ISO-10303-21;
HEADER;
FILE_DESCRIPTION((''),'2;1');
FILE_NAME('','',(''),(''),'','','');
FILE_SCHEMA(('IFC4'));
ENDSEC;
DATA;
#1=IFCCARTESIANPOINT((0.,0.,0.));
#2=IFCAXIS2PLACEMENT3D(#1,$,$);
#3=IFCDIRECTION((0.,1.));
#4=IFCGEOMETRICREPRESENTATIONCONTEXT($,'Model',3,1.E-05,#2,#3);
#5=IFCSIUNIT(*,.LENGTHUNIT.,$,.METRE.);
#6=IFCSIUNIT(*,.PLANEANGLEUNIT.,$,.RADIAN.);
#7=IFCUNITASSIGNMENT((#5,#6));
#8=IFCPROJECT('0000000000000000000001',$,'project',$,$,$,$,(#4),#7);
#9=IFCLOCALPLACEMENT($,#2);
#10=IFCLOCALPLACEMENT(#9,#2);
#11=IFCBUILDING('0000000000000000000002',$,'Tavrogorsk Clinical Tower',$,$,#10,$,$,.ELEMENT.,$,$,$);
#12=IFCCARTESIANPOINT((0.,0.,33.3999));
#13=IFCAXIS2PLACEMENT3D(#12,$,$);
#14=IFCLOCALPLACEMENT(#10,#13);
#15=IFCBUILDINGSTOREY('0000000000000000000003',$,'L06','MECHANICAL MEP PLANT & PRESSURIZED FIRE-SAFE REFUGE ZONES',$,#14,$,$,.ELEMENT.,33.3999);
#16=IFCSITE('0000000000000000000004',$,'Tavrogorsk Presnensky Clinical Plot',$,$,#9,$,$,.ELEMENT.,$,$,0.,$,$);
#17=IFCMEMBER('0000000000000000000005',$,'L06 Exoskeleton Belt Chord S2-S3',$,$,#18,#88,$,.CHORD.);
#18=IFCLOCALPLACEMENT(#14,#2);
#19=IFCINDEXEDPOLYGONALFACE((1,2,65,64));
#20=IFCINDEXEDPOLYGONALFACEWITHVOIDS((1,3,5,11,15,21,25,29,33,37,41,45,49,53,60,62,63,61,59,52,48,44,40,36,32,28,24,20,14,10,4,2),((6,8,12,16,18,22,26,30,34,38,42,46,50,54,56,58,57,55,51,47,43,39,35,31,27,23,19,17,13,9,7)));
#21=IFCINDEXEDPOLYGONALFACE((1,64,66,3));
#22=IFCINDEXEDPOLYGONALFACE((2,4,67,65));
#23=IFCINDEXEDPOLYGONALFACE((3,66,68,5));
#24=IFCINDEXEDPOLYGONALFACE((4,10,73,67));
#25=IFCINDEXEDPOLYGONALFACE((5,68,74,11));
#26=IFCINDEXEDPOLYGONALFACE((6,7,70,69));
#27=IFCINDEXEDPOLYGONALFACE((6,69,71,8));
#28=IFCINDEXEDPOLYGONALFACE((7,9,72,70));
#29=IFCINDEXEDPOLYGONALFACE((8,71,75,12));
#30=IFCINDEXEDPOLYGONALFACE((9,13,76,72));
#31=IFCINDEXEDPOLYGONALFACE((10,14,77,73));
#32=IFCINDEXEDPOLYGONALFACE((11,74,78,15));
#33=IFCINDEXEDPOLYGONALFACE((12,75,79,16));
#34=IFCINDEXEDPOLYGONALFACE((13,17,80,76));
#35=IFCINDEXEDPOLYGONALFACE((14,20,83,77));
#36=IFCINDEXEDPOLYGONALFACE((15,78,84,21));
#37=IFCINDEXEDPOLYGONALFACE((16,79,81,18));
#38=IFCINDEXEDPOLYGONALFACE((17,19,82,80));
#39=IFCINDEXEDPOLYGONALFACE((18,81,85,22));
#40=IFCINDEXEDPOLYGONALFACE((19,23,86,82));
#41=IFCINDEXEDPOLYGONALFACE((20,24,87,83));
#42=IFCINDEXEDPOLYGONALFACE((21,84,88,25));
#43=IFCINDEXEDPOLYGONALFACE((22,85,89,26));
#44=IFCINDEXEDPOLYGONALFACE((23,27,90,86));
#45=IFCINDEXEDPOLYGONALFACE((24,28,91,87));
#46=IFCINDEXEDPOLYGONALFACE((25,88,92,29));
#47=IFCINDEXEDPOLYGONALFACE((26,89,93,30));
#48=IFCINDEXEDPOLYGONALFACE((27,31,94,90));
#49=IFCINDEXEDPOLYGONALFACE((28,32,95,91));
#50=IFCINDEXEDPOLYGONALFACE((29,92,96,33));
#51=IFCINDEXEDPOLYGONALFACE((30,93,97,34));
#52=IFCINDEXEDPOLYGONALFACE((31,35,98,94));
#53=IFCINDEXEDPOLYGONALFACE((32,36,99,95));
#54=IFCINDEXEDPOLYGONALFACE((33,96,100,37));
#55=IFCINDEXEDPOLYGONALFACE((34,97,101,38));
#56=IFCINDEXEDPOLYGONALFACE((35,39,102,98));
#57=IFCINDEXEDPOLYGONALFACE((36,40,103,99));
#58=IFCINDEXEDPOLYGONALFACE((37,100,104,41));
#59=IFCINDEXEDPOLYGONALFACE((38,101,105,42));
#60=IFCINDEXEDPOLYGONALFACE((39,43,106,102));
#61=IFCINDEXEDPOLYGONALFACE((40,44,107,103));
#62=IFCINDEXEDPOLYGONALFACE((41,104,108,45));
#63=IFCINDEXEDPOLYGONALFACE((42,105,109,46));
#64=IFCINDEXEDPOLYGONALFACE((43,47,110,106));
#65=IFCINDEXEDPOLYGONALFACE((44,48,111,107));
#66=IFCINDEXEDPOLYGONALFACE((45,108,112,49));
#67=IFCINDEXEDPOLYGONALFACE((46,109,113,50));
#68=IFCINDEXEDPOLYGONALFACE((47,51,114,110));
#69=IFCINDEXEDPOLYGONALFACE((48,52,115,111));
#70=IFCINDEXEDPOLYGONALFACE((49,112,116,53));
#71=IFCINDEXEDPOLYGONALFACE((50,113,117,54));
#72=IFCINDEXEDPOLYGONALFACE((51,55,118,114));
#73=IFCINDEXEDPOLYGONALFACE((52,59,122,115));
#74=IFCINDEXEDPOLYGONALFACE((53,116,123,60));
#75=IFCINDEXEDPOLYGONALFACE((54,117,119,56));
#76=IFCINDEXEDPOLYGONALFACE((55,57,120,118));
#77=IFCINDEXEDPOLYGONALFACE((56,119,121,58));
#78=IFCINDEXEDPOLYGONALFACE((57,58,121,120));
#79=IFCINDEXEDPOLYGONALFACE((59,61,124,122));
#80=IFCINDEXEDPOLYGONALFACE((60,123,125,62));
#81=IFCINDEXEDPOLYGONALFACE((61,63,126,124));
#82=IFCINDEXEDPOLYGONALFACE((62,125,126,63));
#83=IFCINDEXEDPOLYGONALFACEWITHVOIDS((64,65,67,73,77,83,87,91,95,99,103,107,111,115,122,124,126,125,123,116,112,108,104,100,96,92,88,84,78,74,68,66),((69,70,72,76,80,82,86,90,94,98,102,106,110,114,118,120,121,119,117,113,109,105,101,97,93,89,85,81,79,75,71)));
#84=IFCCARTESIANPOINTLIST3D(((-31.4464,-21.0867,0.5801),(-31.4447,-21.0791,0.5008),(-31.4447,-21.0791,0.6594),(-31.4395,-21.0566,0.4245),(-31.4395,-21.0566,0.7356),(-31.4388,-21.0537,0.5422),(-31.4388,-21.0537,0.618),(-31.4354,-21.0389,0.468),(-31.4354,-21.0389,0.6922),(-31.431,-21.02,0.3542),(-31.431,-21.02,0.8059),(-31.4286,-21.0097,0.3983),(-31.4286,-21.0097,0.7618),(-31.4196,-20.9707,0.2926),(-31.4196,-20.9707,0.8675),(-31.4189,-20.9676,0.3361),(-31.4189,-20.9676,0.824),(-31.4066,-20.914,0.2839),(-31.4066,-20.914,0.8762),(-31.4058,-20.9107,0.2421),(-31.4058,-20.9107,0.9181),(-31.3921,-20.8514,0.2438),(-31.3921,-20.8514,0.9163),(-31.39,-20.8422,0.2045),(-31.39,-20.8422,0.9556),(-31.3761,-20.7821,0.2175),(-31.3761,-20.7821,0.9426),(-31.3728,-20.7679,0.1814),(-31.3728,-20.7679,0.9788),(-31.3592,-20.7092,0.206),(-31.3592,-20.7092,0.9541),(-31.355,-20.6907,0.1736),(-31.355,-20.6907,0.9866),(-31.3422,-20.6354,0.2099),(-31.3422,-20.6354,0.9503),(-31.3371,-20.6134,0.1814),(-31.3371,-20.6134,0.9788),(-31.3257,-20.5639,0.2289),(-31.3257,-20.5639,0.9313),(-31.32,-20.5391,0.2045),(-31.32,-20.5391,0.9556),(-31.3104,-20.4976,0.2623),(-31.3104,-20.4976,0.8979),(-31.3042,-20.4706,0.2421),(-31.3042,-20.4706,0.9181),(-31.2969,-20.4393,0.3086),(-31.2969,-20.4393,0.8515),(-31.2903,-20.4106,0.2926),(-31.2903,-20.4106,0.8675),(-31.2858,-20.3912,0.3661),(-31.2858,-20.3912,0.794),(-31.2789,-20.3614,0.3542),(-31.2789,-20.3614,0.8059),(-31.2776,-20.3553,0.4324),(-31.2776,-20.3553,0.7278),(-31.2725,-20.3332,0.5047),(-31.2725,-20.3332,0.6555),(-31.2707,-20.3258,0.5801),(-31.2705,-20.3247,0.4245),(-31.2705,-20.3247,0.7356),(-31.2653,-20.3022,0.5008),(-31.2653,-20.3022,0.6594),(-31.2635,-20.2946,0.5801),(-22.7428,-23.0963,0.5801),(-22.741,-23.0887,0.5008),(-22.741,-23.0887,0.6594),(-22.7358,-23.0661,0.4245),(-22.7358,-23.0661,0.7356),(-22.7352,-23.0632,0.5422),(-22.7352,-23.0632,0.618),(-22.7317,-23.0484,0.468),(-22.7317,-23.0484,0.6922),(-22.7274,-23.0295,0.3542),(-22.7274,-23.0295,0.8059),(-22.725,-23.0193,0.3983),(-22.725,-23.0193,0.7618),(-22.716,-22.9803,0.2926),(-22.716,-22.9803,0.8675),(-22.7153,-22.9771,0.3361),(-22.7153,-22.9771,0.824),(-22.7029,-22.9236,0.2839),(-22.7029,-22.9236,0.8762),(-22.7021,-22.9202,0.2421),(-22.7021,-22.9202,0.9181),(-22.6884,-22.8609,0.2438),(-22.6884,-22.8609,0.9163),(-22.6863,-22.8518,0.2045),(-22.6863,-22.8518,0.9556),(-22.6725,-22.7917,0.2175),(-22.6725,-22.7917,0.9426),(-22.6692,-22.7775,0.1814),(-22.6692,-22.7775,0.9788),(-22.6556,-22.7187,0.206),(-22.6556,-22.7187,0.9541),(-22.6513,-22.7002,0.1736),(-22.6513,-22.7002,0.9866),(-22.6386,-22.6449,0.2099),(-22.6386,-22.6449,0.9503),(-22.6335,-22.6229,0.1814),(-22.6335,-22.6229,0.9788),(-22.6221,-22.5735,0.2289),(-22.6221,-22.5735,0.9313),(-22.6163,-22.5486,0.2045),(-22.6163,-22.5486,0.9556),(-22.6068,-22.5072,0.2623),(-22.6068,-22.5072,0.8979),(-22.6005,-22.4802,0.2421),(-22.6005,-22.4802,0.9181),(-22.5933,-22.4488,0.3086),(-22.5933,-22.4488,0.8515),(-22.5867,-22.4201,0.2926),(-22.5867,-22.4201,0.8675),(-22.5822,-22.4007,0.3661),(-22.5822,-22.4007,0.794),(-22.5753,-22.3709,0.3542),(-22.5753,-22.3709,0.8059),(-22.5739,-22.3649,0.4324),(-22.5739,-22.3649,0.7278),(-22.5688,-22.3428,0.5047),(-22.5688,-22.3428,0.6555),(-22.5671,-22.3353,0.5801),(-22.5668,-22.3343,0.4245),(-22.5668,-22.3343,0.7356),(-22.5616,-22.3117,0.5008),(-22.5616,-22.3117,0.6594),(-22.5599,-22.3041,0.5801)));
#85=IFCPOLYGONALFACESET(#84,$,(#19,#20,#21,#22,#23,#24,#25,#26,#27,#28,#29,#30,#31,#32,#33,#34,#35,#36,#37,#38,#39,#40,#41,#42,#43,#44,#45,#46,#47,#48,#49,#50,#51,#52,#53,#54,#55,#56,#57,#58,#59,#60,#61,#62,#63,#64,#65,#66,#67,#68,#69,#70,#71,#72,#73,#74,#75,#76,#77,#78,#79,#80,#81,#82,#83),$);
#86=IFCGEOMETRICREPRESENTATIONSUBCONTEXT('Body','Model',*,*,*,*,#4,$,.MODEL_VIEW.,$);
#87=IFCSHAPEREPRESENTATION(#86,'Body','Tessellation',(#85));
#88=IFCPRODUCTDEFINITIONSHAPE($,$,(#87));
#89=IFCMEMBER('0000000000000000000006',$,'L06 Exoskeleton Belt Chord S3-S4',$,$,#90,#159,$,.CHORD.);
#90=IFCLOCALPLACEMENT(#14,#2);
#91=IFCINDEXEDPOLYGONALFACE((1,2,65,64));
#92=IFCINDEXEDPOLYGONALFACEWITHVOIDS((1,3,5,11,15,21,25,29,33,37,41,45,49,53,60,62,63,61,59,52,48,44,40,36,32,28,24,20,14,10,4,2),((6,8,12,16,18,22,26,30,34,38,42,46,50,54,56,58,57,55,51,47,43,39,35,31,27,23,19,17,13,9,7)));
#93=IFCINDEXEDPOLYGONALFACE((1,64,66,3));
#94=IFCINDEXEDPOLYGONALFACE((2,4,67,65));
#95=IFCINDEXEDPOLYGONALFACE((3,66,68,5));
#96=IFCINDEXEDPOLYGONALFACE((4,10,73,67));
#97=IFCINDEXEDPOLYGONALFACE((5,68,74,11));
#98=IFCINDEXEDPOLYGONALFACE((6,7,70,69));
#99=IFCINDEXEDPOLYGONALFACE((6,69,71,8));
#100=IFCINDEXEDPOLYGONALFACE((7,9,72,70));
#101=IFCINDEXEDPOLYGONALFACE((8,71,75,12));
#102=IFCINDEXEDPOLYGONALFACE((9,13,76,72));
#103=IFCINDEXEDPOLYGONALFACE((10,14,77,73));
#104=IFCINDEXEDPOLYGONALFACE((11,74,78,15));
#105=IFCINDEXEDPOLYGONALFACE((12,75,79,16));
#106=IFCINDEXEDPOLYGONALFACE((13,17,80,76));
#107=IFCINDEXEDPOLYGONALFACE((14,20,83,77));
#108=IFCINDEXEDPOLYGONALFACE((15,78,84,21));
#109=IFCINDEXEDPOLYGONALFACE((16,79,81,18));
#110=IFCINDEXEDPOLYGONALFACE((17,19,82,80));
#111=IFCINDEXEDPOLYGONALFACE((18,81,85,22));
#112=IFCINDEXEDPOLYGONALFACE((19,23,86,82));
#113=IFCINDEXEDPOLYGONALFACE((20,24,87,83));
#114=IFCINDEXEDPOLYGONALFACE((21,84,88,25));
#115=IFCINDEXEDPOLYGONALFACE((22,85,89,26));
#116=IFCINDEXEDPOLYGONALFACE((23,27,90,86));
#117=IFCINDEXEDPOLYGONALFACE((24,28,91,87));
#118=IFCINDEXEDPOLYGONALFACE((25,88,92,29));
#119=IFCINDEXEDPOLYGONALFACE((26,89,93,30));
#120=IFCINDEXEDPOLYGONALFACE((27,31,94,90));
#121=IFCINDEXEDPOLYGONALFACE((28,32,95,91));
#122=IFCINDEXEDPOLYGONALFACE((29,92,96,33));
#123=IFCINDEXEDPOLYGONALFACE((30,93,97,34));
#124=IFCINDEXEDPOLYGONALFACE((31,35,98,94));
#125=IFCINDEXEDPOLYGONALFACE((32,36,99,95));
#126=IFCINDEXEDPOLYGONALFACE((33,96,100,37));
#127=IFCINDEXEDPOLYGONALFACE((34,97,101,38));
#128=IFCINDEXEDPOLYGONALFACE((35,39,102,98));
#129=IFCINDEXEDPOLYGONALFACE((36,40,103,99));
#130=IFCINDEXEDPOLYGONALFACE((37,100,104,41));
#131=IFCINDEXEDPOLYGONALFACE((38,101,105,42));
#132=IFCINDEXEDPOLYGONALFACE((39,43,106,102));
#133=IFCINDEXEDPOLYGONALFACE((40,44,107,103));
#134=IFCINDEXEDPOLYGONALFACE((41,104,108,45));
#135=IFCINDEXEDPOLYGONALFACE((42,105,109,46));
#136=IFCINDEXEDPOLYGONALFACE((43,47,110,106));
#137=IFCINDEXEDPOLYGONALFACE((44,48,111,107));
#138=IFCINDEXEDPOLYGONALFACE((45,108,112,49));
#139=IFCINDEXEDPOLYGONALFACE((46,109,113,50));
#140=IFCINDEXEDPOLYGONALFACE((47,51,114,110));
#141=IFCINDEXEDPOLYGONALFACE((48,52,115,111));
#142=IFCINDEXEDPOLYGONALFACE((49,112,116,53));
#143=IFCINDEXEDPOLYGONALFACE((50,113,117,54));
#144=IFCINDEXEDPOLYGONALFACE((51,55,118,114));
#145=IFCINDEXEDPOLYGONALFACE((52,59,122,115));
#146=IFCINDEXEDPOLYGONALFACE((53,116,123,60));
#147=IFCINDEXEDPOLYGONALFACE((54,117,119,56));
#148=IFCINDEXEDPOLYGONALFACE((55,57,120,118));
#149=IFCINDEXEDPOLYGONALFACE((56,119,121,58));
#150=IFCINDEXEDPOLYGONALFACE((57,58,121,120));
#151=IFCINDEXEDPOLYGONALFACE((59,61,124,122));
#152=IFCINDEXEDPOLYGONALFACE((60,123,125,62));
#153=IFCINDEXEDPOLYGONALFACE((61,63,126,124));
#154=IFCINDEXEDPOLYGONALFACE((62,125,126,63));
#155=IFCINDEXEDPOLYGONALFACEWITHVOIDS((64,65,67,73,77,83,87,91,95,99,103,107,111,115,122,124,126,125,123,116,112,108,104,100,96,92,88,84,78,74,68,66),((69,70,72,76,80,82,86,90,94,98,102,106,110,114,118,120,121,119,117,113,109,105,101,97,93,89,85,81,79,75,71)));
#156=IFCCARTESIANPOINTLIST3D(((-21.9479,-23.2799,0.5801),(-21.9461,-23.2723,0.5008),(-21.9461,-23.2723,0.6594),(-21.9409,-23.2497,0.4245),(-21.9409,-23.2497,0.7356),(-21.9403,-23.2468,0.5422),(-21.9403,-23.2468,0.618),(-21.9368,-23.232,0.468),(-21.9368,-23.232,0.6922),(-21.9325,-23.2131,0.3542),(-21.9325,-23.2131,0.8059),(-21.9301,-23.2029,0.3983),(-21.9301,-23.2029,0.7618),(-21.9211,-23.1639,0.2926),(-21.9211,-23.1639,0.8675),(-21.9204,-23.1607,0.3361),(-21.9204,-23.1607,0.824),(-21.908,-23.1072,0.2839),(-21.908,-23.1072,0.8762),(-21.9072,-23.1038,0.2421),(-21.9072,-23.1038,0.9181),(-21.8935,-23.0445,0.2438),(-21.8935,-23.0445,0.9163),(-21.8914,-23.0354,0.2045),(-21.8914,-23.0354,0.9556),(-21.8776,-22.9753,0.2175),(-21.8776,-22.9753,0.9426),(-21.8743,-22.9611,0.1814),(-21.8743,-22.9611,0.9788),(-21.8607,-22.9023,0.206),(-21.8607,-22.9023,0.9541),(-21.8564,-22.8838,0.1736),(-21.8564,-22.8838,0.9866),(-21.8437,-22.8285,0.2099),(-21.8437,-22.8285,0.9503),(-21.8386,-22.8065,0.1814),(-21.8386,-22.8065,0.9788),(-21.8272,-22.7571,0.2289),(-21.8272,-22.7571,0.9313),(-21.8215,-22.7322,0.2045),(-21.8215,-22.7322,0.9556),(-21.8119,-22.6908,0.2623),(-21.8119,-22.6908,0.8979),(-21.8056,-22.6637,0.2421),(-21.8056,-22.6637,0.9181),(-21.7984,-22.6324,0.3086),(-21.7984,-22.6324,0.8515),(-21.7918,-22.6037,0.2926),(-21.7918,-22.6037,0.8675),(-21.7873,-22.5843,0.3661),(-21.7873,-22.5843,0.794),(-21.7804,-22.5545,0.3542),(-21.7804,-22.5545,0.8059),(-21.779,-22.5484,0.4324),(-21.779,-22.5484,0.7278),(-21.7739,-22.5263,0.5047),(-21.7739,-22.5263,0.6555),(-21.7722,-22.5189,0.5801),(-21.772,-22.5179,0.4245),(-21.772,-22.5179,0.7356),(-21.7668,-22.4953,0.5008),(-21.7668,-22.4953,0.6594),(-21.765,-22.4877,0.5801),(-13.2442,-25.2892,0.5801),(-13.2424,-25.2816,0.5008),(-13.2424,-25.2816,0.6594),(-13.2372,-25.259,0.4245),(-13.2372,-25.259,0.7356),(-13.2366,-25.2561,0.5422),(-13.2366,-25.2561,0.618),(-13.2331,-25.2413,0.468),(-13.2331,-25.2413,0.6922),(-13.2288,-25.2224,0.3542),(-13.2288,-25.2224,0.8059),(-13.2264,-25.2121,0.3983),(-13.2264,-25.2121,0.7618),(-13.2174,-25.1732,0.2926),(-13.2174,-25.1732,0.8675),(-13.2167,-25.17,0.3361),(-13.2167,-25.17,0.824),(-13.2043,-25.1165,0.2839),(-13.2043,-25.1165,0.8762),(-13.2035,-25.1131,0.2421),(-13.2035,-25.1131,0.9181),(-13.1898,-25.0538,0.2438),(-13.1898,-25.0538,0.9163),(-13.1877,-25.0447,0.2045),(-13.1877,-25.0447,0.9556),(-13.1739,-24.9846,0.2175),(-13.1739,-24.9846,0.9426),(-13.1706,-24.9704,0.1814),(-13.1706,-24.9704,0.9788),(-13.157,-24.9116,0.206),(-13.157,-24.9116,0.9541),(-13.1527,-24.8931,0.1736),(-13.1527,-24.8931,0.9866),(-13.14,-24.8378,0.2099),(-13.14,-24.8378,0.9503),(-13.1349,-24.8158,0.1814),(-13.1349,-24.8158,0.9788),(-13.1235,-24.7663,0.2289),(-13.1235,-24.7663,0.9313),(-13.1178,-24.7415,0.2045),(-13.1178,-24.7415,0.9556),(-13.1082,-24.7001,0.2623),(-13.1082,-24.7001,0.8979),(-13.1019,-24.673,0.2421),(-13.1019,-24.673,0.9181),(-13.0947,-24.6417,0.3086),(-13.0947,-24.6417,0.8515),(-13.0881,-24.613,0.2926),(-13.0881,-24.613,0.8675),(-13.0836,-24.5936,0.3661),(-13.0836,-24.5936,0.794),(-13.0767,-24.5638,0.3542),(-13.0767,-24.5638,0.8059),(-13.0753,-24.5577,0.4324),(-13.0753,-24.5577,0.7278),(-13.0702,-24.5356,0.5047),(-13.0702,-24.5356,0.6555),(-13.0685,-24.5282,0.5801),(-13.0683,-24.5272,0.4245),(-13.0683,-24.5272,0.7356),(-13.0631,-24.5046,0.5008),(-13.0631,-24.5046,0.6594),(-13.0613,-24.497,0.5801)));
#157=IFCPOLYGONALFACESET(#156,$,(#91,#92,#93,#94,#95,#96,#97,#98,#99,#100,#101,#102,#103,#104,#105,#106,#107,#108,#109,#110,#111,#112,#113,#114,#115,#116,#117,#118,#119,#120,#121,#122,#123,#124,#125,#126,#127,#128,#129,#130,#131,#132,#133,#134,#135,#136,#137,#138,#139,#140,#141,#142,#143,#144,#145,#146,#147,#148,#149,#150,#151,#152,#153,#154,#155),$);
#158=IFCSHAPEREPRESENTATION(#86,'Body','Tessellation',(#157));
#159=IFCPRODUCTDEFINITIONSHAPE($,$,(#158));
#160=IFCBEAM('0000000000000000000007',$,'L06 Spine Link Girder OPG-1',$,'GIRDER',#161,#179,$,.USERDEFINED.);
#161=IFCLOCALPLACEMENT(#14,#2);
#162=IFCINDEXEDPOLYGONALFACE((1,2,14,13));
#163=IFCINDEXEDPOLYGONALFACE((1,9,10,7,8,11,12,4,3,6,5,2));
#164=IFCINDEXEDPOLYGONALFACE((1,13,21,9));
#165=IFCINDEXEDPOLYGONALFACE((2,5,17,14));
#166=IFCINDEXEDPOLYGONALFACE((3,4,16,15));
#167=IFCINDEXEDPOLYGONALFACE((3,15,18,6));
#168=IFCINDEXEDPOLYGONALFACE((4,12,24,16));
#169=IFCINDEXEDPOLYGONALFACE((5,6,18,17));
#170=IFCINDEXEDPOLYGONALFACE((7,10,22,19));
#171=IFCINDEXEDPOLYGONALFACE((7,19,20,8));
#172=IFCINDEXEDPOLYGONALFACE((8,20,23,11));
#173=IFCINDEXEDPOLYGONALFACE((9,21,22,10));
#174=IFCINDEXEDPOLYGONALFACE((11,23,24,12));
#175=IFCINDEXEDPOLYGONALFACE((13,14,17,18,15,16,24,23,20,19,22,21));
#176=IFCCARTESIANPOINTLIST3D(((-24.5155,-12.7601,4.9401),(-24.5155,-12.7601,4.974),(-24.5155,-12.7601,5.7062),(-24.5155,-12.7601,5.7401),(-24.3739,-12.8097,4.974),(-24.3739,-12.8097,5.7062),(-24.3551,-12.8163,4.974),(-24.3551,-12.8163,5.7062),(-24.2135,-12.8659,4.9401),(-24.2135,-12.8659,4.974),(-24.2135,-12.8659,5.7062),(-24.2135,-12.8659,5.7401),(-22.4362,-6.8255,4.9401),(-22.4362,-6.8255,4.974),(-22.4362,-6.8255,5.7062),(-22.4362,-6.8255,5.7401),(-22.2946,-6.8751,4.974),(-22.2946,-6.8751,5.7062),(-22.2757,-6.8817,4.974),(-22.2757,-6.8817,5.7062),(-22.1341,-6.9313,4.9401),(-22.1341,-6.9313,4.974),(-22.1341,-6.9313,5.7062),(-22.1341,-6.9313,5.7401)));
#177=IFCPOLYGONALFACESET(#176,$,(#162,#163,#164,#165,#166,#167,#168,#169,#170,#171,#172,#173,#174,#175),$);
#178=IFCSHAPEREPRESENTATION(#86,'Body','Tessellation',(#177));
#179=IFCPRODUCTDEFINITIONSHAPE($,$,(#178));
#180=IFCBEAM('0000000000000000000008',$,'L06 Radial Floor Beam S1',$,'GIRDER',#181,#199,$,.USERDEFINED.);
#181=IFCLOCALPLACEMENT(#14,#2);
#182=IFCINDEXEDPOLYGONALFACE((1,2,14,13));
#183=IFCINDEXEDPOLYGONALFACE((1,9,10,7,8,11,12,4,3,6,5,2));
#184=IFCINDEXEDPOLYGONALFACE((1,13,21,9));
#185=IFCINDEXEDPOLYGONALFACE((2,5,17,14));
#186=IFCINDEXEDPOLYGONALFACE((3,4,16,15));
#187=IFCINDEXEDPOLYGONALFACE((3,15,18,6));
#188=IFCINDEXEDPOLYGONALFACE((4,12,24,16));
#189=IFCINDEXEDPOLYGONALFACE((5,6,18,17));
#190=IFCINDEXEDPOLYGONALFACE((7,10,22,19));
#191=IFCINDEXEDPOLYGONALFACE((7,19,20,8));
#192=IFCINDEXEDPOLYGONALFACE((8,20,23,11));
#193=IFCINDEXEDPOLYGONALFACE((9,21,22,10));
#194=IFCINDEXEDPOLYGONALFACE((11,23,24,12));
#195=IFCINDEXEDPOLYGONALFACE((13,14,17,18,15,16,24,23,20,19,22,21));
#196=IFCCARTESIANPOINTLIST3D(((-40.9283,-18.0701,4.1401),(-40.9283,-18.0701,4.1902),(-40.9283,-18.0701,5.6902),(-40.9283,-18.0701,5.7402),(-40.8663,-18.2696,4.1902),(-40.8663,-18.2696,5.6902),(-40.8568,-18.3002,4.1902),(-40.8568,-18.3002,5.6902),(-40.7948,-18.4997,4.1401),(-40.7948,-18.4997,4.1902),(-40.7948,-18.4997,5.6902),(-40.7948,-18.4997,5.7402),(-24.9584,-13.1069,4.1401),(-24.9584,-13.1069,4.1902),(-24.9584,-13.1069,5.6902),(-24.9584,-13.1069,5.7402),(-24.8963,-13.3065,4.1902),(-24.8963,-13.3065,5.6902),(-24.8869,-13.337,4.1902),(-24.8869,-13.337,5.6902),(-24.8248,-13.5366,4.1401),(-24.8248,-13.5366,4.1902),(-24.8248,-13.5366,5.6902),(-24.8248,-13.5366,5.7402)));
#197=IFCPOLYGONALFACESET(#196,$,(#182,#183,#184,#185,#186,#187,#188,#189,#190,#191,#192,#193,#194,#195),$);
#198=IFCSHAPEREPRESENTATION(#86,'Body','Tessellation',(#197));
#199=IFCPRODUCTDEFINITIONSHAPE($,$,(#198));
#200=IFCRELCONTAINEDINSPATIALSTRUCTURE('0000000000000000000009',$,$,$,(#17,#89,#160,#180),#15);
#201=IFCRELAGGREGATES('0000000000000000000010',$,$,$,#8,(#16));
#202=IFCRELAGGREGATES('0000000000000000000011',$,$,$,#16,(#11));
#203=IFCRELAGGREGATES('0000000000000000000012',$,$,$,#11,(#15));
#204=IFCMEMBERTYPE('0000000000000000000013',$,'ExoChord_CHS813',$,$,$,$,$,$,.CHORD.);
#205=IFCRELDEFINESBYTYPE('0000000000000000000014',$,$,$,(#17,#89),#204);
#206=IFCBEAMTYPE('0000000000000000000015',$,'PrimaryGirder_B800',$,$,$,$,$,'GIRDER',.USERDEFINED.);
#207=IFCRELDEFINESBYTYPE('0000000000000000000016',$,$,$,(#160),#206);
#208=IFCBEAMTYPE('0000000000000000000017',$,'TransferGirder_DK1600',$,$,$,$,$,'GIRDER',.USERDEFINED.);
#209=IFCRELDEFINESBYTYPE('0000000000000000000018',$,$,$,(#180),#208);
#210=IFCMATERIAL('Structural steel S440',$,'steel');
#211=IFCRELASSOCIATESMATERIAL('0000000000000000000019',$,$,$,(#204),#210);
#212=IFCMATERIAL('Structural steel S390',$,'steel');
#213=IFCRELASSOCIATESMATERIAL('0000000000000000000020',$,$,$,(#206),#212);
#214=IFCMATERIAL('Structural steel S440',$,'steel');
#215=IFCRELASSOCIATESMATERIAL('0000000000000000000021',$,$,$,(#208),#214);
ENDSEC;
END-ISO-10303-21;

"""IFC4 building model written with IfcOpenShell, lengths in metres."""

from ifc_helpers import new_model, si_unit, direction, frame, origin, origin_2d, place, context, subcontext, project, spatial, hollow_circle, i_section, extrude, material, material_profile, profile_set, type_object, element, save


model = new_model("IFC4")

# Units and contexts
model_context = context("Model", 3, precision=1e-05, world=origin(), true_north=direction((0.0, 1.0)))
body_context = subcontext(model_context, "Body", "Model", "MODEL_VIEW")
ifc_project = project(units=[si_unit("LENGTHUNIT", "METRE"), si_unit("PLANEANGLEUNIT", "RADIAN")], contexts=[model_context])

# Site, building, storey
site_placement = place(None, origin())
site = spatial("IfcSite", under=ifc_project, at=site_placement, Name="Tavrogorsk Presnensky Clinical Plot", CompositionType="ELEMENT", RefElevation=0.0)
building_placement = place(site_placement, origin())
building = spatial("IfcBuilding", under=site, at=building_placement, Name="Tavrogorsk Clinical Tower", CompositionType="ELEMENT")
storey_placement = place(building_placement, frame((0.0, 0.0, 33.3999)))
storey = spatial("IfcBuildingStorey", under=building, at=storey_placement, Name="L06", Description="MECHANICAL MEP PLANT & PRESSURIZED FIRE-SAFE REFUGE ZONES", CompositionType="ELEMENT", Elevation=33.3999)

# Members
ifc_material_1 = material(Name="Structural steel S440", Category="steel")
ifc_material_profile_1 = material_profile(ifc_material_1, hollow_circle(Radius=0.4065, WallThickness=0.032, at=origin_2d()), Name="CHS-813x32")
ifc_profile_set_1 = profile_set([ifc_material_profile_1], Name="Structural steel S440")
member_type_1 = type_object("IfcMemberType", Name="ExoChord_CHS813", PredefinedType="CHORD", material=ifc_profile_set_1)
for number, where, z_axis, x_axis, name in (
    (1, (-31.355, -20.6907, 0.5801), (0.974367, -0.224965, 0.0), (0.224965, 0.974367, 0.0), "L06 Exoskeleton Belt Chord S2-S3"),
    (2, (-21.8564, -22.8838, 0.5801), (0.974373, -0.224939, 0.0), (0.224939, 0.974373, 0.0), "L06 Exoskeleton Belt Chord S3-S4"),
):
    element("IfcMember", number, at=place(storey_placement, frame(where, z_axis=z_axis, x_axis=x_axis)), inside=storey, type_object=member_type_1, Name=name, PredefinedType="CHORD", context=body_context, shape_type="SweptSolid", body=[
        extrude(hollow_circle(Radius=0.4065, WallThickness=0.032, at=origin_2d()), origin(), (0.0, 0.0, 1.0), 8.9326),
    ])

# Beams
ifc_material_2 = material(Name="Structural steel S390", Category="steel")
ifc_material_profile_2 = material_profile(ifc_material_2, i_section(OverallWidth=0.3201, OverallDepth=0.8, WebThickness=0.02, FlangeThickness=0.0339, at=origin_2d()), Name="B-800x320x20x34")
ifc_profile_set_2 = profile_set([ifc_material_profile_2], Name="Structural steel S390")
beam_type_1 = type_object("IfcBeamType", Name="PrimaryGirder_B800", ElementType="GIRDER", PredefinedType="USERDEFINED", material=ifc_profile_set_2)
beam_1_placement = place(storey_placement, frame((-24.3645, -12.813, 5.3401), z_axis=(0.330669, 0.943747, 0.0), x_axis=(-0.943747, 0.330669, 0.0)))
element("IfcBeam", 3, at=beam_1_placement, inside=storey, type_object=beam_type_1, Name="L06 Spine Link Girder OPG-1", ObjectType="GIRDER", PredefinedType="USERDEFINED", context=body_context, shape_type="SweptSolid", body=[
    extrude(i_section(OverallWidth=0.3201, OverallDepth=0.8, WebThickness=0.02, FlangeThickness=0.0339, at=origin_2d()), origin(), (0.0, 0.0, 1.0), 6.2883),
])
ifc_material_3 = material(Name="Structural steel S440", Category="steel")
ifc_material_profile_3 = material_profile(ifc_material_3, i_section(OverallWidth=0.45, OverallDepth=1.6001, WebThickness=0.032, FlangeThickness=0.05, at=origin_2d()), Name="DK-1600x450x32x50")
ifc_profile_set_3 = profile_set([ifc_material_profile_3], Name="Structural steel S440")
beam_type_2 = type_object("IfcBeamType", Name="TransferGirder_DK1600", ElementType="GIRDER", PredefinedType="USERDEFINED", material=ifc_profile_set_3)
beam_2_placement = place(storey_placement, frame((-24.8916, -13.3218, 4.9402), z_axis=(-0.954947, -0.296778, 0.0), x_axis=(0.296778, -0.954947, 0.0)))
element("IfcBeam", 4, at=beam_2_placement, inside=storey, type_object=beam_type_2, Name="L06 Radial Floor Beam S1", ObjectType="GIRDER", PredefinedType="USERDEFINED", context=body_context, shape_type="SweptSolid", body=[
    extrude(i_section(OverallWidth=0.45, OverallDepth=1.6001, WebThickness=0.032, FlangeThickness=0.05, at=origin_2d()), origin(), (0.0, 0.0, 1.0), 16.7234),
])

save(model, "model.ifc")
